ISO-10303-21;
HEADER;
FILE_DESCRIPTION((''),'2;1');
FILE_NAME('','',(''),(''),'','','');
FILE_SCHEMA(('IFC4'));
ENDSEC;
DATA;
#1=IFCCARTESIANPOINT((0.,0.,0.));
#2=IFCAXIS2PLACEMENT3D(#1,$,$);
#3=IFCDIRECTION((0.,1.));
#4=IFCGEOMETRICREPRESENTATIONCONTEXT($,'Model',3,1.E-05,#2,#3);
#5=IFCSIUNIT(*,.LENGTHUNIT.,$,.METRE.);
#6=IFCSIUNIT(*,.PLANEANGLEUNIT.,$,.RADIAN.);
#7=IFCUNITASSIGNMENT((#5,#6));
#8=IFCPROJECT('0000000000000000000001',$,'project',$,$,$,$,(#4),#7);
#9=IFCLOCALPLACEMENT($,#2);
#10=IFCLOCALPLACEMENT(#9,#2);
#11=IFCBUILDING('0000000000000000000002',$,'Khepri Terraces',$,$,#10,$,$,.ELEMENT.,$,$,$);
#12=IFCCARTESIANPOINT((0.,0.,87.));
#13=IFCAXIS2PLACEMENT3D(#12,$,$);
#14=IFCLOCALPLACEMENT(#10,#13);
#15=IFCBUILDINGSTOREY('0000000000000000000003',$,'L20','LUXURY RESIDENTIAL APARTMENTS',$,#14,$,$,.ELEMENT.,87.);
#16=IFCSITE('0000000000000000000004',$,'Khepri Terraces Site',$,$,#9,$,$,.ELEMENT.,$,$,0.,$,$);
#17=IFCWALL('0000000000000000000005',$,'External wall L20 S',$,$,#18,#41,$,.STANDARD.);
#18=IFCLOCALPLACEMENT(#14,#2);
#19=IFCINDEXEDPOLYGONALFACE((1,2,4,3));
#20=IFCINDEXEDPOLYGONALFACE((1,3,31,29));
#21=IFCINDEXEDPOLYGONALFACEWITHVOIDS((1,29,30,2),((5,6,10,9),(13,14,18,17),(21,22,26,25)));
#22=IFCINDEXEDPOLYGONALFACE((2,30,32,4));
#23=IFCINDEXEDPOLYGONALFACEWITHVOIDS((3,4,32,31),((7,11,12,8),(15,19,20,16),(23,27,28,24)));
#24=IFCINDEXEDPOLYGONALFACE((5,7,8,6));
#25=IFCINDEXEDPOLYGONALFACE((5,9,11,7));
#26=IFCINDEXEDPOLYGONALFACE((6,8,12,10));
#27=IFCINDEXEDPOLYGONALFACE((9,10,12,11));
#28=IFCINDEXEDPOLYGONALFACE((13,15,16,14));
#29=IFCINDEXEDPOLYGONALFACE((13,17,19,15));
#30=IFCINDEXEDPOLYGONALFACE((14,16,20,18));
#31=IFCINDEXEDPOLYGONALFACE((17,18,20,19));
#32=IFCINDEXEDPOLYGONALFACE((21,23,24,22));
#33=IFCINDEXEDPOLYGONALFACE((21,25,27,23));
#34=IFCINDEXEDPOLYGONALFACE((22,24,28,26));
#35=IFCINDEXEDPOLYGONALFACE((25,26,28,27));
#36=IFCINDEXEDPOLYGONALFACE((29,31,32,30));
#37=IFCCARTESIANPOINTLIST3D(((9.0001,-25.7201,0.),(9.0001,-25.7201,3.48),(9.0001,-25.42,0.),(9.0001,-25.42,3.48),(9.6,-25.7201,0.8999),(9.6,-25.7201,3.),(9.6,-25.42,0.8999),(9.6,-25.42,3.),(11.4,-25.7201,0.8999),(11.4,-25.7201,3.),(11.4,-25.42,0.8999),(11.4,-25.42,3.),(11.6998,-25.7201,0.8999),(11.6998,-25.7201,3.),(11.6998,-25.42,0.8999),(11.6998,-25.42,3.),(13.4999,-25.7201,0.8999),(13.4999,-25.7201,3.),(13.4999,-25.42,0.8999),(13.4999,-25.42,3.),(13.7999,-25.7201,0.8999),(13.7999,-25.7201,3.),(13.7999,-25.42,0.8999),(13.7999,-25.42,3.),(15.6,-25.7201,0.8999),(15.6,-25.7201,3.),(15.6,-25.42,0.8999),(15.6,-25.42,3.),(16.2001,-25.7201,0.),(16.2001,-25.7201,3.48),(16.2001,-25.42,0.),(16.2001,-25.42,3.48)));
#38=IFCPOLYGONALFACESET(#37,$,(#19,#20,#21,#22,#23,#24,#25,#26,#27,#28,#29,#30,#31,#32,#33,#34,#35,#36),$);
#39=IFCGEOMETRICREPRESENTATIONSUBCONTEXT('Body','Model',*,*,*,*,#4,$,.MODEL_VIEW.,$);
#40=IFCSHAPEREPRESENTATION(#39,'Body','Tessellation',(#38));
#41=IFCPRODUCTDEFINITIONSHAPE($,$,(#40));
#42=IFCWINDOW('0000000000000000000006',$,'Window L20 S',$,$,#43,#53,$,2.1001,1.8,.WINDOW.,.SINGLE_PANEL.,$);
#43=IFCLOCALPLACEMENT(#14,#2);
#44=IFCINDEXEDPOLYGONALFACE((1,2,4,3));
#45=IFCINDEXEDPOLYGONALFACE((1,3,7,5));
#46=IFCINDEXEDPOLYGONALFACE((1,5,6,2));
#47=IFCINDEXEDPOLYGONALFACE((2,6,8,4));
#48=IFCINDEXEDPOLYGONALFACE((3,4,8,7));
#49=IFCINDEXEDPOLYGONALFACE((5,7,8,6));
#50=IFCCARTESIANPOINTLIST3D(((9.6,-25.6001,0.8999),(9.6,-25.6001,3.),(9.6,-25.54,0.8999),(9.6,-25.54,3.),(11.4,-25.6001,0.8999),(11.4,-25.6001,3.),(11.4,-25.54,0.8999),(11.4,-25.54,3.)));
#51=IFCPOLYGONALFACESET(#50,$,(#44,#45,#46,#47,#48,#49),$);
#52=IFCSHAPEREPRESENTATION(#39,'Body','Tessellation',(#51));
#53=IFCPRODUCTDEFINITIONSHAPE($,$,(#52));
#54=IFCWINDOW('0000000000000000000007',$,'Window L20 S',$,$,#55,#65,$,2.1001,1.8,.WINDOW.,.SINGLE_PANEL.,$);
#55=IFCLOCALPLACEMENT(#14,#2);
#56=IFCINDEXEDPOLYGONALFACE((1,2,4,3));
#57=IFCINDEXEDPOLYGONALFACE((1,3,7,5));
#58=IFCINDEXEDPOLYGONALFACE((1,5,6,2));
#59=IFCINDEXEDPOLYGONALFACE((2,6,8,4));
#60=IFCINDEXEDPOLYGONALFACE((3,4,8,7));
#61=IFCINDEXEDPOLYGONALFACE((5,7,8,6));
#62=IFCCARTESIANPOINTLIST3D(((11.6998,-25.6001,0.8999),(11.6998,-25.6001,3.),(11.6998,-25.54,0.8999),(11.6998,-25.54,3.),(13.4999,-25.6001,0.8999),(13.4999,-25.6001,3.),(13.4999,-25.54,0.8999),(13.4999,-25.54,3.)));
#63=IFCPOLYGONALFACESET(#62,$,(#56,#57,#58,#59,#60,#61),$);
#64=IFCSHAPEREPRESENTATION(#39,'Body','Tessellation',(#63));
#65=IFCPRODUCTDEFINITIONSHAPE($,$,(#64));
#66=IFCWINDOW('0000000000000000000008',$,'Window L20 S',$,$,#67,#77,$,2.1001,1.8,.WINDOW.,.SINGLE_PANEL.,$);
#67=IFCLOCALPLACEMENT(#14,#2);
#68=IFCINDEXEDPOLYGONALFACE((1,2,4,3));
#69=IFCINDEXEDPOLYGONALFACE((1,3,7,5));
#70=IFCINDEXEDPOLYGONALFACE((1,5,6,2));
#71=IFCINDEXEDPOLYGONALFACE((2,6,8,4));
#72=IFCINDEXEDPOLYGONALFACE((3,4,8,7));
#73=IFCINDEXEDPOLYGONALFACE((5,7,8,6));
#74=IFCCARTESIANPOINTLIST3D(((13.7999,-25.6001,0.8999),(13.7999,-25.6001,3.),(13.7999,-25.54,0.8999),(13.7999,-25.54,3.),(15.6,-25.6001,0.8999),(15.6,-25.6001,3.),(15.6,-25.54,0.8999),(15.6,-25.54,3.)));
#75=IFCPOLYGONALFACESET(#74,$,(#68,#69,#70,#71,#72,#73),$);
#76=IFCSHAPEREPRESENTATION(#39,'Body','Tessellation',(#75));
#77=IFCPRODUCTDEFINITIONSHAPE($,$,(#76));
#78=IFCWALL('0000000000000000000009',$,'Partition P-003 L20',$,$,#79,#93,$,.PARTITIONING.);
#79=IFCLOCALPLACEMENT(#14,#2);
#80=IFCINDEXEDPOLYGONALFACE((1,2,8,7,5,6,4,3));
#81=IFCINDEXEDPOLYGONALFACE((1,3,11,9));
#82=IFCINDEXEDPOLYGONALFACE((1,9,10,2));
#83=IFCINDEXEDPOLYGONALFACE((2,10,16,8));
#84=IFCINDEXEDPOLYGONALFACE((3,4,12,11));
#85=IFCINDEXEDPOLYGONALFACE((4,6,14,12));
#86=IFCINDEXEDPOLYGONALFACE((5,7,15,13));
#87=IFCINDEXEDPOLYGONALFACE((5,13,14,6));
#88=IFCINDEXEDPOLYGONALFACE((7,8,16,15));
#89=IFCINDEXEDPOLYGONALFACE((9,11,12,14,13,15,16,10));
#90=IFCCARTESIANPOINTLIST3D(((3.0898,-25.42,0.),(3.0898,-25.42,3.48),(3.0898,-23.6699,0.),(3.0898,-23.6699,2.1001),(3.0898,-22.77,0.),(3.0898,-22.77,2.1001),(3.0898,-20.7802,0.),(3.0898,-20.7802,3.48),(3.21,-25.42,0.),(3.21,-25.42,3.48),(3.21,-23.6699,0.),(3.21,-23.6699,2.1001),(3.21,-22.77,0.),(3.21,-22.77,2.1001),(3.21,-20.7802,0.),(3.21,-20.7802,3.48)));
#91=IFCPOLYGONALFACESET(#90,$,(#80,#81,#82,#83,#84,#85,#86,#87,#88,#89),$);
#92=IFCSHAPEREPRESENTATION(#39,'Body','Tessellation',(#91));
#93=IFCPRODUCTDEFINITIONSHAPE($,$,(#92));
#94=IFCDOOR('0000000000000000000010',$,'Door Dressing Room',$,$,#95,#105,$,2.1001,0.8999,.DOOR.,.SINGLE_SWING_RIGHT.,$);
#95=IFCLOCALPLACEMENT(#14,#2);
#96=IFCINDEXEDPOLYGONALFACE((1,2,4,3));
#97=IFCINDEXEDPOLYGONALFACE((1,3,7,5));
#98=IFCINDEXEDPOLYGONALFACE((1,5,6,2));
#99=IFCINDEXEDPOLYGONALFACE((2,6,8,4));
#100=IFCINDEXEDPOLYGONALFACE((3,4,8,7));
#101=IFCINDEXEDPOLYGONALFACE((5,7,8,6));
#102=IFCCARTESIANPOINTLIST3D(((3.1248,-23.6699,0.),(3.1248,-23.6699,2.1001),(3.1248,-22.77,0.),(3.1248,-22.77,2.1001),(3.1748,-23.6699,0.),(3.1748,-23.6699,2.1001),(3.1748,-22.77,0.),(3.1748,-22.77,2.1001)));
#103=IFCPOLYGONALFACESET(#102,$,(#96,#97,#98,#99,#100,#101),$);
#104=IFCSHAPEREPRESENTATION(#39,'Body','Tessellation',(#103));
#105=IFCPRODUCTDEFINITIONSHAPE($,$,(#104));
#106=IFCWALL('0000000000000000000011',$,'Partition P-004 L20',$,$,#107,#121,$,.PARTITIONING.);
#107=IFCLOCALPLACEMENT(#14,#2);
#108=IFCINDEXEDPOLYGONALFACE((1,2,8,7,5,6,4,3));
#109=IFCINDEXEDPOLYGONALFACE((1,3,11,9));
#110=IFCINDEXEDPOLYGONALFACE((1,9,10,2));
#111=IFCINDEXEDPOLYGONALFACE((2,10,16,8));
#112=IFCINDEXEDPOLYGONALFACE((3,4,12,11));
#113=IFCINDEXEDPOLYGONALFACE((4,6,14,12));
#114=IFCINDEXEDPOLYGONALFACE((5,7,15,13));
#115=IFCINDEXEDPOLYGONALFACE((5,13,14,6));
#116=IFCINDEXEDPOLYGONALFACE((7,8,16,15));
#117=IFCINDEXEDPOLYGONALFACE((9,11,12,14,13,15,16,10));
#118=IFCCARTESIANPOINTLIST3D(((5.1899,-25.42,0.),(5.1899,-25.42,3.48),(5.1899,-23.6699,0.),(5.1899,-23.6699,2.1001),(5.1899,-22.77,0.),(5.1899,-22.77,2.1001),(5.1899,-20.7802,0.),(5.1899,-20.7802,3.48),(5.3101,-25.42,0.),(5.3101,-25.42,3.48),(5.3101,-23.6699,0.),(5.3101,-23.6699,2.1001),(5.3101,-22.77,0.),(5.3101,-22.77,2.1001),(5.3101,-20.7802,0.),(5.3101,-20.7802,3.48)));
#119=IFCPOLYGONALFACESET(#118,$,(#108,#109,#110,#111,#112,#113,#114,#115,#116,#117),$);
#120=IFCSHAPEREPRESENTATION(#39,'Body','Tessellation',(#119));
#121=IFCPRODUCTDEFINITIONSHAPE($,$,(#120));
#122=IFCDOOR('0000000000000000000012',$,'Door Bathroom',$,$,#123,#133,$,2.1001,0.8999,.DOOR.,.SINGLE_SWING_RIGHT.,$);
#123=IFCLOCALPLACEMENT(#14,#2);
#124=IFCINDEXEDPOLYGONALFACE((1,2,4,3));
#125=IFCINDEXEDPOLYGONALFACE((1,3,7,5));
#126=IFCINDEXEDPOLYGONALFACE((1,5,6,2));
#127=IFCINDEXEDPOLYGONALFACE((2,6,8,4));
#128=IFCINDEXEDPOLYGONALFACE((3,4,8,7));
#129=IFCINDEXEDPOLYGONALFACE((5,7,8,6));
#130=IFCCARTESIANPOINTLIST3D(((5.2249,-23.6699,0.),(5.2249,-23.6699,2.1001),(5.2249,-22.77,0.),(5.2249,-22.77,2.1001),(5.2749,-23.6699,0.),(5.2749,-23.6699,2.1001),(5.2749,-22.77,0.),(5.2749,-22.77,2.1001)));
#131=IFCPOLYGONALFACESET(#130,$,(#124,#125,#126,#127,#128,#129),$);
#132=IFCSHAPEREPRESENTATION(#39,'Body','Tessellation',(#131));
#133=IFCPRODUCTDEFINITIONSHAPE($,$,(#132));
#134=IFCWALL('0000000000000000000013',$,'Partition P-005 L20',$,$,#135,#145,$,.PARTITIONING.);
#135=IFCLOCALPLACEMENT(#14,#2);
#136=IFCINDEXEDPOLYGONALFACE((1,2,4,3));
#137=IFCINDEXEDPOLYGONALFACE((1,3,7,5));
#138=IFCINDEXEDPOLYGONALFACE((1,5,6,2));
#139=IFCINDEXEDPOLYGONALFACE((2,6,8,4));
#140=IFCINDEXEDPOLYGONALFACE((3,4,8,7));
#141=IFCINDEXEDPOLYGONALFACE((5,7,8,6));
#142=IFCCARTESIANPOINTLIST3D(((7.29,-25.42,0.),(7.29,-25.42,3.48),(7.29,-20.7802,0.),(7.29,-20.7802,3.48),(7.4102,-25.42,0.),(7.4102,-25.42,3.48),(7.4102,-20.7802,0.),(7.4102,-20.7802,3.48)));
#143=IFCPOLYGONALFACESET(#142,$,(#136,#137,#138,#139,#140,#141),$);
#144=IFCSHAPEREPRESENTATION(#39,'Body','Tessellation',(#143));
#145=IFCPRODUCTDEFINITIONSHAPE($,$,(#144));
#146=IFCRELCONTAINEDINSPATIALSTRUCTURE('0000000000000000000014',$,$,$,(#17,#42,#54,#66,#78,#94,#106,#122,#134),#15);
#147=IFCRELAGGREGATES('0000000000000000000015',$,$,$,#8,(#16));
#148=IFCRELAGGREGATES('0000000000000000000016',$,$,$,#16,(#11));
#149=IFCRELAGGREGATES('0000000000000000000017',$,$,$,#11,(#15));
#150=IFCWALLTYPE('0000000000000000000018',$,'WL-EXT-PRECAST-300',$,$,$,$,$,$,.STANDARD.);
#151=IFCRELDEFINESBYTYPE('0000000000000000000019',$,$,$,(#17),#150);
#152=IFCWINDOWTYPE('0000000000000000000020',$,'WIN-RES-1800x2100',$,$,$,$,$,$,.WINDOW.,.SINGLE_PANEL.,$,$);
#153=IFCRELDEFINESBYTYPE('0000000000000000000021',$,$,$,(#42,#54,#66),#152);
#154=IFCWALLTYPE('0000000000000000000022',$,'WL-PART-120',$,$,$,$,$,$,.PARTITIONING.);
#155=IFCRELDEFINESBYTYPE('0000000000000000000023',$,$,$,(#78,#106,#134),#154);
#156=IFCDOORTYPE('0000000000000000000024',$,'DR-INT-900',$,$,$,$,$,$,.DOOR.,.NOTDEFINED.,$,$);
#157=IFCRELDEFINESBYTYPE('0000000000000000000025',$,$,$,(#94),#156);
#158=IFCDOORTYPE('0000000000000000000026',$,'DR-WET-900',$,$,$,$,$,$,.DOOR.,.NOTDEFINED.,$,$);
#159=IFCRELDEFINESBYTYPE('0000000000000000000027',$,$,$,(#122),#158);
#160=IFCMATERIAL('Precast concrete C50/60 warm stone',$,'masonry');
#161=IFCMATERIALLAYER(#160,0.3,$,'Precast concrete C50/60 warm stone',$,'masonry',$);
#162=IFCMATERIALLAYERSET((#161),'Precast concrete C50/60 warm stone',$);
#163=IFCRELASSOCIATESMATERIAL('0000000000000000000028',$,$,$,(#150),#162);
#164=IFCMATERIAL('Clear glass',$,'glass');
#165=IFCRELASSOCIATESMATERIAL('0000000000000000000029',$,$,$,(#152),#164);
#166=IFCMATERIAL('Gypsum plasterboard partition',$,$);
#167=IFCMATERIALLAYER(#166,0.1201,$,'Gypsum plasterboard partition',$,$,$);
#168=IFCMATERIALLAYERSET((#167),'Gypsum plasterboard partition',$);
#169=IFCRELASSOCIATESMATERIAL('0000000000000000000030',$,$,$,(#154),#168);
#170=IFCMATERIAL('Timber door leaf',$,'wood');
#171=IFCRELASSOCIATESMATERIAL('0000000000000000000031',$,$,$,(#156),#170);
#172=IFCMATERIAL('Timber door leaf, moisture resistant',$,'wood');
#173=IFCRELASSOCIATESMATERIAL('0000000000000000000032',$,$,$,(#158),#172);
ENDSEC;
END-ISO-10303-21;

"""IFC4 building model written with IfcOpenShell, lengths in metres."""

from ifc_helpers import new_model, si_unit, direction, frame, frame_2d, origin, place, context, subcontext, project, spatial, rectangle, extrude, material, layer, layer_set, type_object, element, fill, save


model = new_model("IFC4")

# Units and contexts
model_context = context("Model", 3, precision=1e-05, world=origin(), true_north=direction((0.0, 1.0)))
body_context = subcontext(model_context, "Body", "Model", "MODEL_VIEW")
ifc_project = project(units=[si_unit("LENGTHUNIT", "METRE"), si_unit("PLANEANGLEUNIT", "RADIAN")], contexts=[model_context])

# Site, building, storey
site_placement = place(None, origin())
site = spatial("IfcSite", under=ifc_project, at=site_placement, Name="Khepri Terraces Site", CompositionType="ELEMENT", RefElevation=0.0)
building_placement = place(site_placement, origin())
building = spatial("IfcBuilding", under=site, at=building_placement, Name="Khepri Terraces", CompositionType="ELEMENT")
storey_placement = place(building_placement, frame((0.0, 0.0, 87.0)))
storey = spatial("IfcBuildingStorey", under=building, at=storey_placement, Name="L20", Description="LUXURY RESIDENTIAL APARTMENTS", CompositionType="ELEMENT", Elevation=87.0)

# Shared definitions
ifc_material_1 = material(Name="Precast concrete C50/60 warm stone", Category="masonry")
ifc_layer_1 = layer(ifc_material_1, 0.3, Name="Precast concrete C50/60 warm stone", Category="masonry")
ifc_layer_set_1 = layer_set([ifc_layer_1], Name="Precast concrete C50/60 warm stone")
wall_type_1 = type_object("IfcWallType", Name="WL-EXT-PRECAST-300", PredefinedType="STANDARD", material=ifc_layer_set_1)
ifc_material_2 = material(Name="Clear glass", Category="glass")
window_type = type_object("IfcWindowType", Name="WIN-RES-1800x2100", PartitioningType="SINGLE_PANEL", PredefinedType="WINDOW", material=ifc_material_2)

# Wall, openings, windows
wall_1_placement = place(storey_placement, frame((9.0, -25.5701, 0.0), z_axis=(0.0, 0.0, 1.0), x_axis=(1.0, 0.0, 0.0)))
wall_1 = element("IfcWall", 1, at=wall_1_placement, inside=storey, type_object=wall_type_1, Name="External wall L20 S", PredefinedType="STANDARD", context=body_context, shape_type="SweptSolid", body=[
    extrude(rectangle(XDim=7.2, YDim=0.3, at=frame_2d((3.6001, 0.0))), origin(), (0.0, 0.0, 1.0), 3.48),
])
opening_1_placement = place(wall_1_placement, frame((0.6001, 0.0, 0.8999)))
opening_1 = element("IfcOpeningElement", 2, at=opening_1_placement, cuts=wall_1, PredefinedType="OPENING", context=body_context, shape_type="SweptSolid", body=[
    extrude(rectangle(XDim=1.8, YDim=2.1001, at=frame_2d((0.8999, 1.05))), frame((0.0, 0.1602, 0.0), z_axis=(0.0, -1.0, 0.0), x_axis=(1.0, 0.0, 0.0)), (0.0, 0.0, 1.0), 0.3201),
])
opening_2_placement = place(wall_1_placement, frame((2.7, 0.0, 0.8999)))
opening_2 = element("IfcOpeningElement", 3, at=opening_2_placement, cuts=wall_1, PredefinedType="OPENING", context=body_context, shape_type="SweptSolid", body=[
    extrude(rectangle(XDim=1.8, YDim=2.1001, at=frame_2d((0.8999, 1.05))), frame((0.0, 0.1602, 0.0), z_axis=(0.0, -1.0, 0.0), x_axis=(1.0, 0.0, 0.0)), (0.0, 0.0, 1.0), 0.3201),
])
opening_3_placement = place(wall_1_placement, frame((4.8, 0.0, 0.8999)))
opening_3 = element("IfcOpeningElement", 4, at=opening_3_placement, cuts=wall_1, PredefinedType="OPENING", context=body_context, shape_type="SweptSolid", body=[
    extrude(rectangle(XDim=1.8, YDim=2.1001, at=frame_2d((0.8999, 1.05))), frame((0.0, 0.1602, 0.0), z_axis=(0.0, -1.0, 0.0), x_axis=(1.0, 0.0, 0.0)), (0.0, 0.0, 1.0), 0.3201),
])
window_1_placement = place(opening_1_placement, origin())
window_1 = element("IfcWindow", 5, at=window_1_placement, inside=storey, type_object=window_type, Name="Window L20 S", OverallHeight=2.1001, OverallWidth=1.8, PartitioningType="SINGLE_PANEL", PredefinedType="WINDOW", context=body_context, shape_type="SweptSolid", body=[
    extrude(rectangle(XDim=1.8, YDim=2.1001, at=frame_2d((0.8999, 1.05))), frame((0.0, 0.03, 0.0), z_axis=(0.0, -1.0, 0.0), x_axis=(1.0, 0.0, 0.0)), (0.0, 0.0, 1.0), 0.0601),
])
fill(opening_1, window_1)
window_2_placement = place(opening_2_placement, origin())
window_2 = element("IfcWindow", 6, at=window_2_placement, inside=storey, type_object=window_type, Name="Window L20 S", OverallHeight=2.1001, OverallWidth=1.8, PartitioningType="SINGLE_PANEL", PredefinedType="WINDOW", context=body_context, shape_type="SweptSolid", body=[
    extrude(rectangle(XDim=1.8, YDim=2.1001, at=frame_2d((0.8999, 1.05))), frame((0.0, 0.03, 0.0), z_axis=(0.0, -1.0, 0.0), x_axis=(1.0, 0.0, 0.0)), (0.0, 0.0, 1.0), 0.0601),
])
fill(opening_2, window_2)
window_3_placement = place(opening_3_placement, origin())
window_3 = element("IfcWindow", 7, at=window_3_placement, inside=storey, type_object=window_type, Name="Window L20 S", OverallHeight=2.1001, OverallWidth=1.8, PartitioningType="SINGLE_PANEL", PredefinedType="WINDOW", context=body_context, shape_type="SweptSolid", body=[
    extrude(rectangle(XDim=1.8, YDim=2.1001, at=frame_2d((0.8999, 1.05))), frame((0.0, 0.03, 0.0), z_axis=(0.0, -1.0, 0.0), x_axis=(1.0, 0.0, 0.0)), (0.0, 0.0, 1.0), 0.0601),
])
fill(opening_3, window_3)

# Walls, openings, doors
ifc_material_3 = material(Name="Gypsum plasterboard partition")
ifc_layer_2 = layer(ifc_material_3, 0.1201, Name="Gypsum plasterboard partition")
ifc_layer_set_2 = layer_set([ifc_layer_2], Name="Gypsum plasterboard partition")
wall_type_2 = type_object("IfcWallType", Name="WL-PART-120", PredefinedType="PARTITIONING", material=ifc_layer_set_2)
wall_2_placement = place(storey_placement, frame((3.1499, -25.4199, 0.0), z_axis=(0.0, 0.0, 1.0), x_axis=(0.0, 1.0, 0.0)))
wall_2 = element("IfcWall", 8, at=wall_2_placement, inside=storey, type_object=wall_type_2, Name="Partition P-003 L20", PredefinedType="PARTITIONING", context=body_context, shape_type="SweptSolid", body=[
    extrude(rectangle(XDim=4.6399, YDim=0.1201, at=frame_2d((2.3198, 0.0))), origin(), (0.0, 0.0, 1.0), 3.48),
])
opening_4_placement = place(wall_2_placement, frame((1.75, 0.0, 0.0)))
opening_4 = element("IfcOpeningElement", 9, at=opening_4_placement, cuts=wall_2, PredefinedType="OPENING", context=body_context, shape_type="SweptSolid", body=[
    extrude(rectangle(XDim=0.8999, YDim=2.1001, at=frame_2d((0.45, 1.05))), frame((0.0, 0.0701, 0.0), z_axis=(0.0, -1.0, 0.0), x_axis=(1.0, 0.0, 0.0)), (0.0, 0.0, 1.0), 0.1401),
])
ifc_material_4 = material(Name="Timber door leaf", Category="wood")
door_type_1 = type_object("IfcDoorType", Name="DR-INT-900", OperationType="NOTDEFINED", PredefinedType="DOOR", material=ifc_material_4)
door_1_placement = place(opening_4_placement, frame((0.8999, 0.0, 0.0), z_axis=(0.0, 0.0, 1.0), x_axis=(-1.0, 0.0, 0.0)))
door_1 = element("IfcDoor", 10, at=door_1_placement, inside=storey, type_object=door_type_1, Name="Door Dressing Room", OperationType="SINGLE_SWING_RIGHT", OverallHeight=2.1001, OverallWidth=0.8999, PredefinedType="DOOR", context=body_context, shape_type="SweptSolid", body=[
    extrude(rectangle(XDim=0.8999, YDim=2.1001, at=frame_2d((0.45, 1.05))), frame((0.0, 0.0249, 0.0), z_axis=(0.0, -1.0, 0.0), x_axis=(1.0, 0.0, 0.0)), (0.0, 0.0, 1.0), 0.05),
])
fill(opening_4, door_1)
wall_3_placement = place(storey_placement, frame((5.25, -25.4199, 0.0), z_axis=(0.0, 0.0, 1.0), x_axis=(0.0, 1.0, 0.0)))
wall_3 = element("IfcWall", 11, at=wall_3_placement, inside=storey, type_object=wall_type_2, Name="Partition P-004 L20", PredefinedType="PARTITIONING", context=body_context, shape_type="SweptSolid", body=[
    extrude(rectangle(XDim=4.6399, YDim=0.1201, at=frame_2d((2.3198, 0.0))), origin(), (0.0, 0.0, 1.0), 3.48),
])
opening_5_placement = place(wall_3_placement, frame((1.75, 0.0, 0.0)))
opening_5 = element("IfcOpeningElement", 12, at=opening_5_placement, cuts=wall_3, PredefinedType="OPENING", context=body_context, shape_type="SweptSolid", body=[
    extrude(rectangle(XDim=0.8999, YDim=2.1001, at=frame_2d((0.45, 1.05))), frame((0.0, 0.0701, 0.0), z_axis=(0.0, -1.0, 0.0), x_axis=(1.0, 0.0, 0.0)), (0.0, 0.0, 1.0), 0.1401),
])
ifc_material_5 = material(Name="Timber door leaf, moisture resistant", Category="wood")
door_type_2 = type_object("IfcDoorType", Name="DR-WET-900", OperationType="NOTDEFINED", PredefinedType="DOOR", material=ifc_material_5)
door_2_placement = place(opening_5_placement, frame((0.8999, 0.0, 0.0), z_axis=(0.0, 0.0, 1.0), x_axis=(-1.0, 0.0, 0.0)))
door_2 = element("IfcDoor", 13, at=door_2_placement, inside=storey, type_object=door_type_2, Name="Door Bathroom", OperationType="SINGLE_SWING_RIGHT", OverallHeight=2.1001, OverallWidth=0.8999, PredefinedType="DOOR", context=body_context, shape_type="SweptSolid", body=[
    extrude(rectangle(XDim=0.8999, YDim=2.1001, at=frame_2d((0.45, 1.05))), frame((0.0, 0.0249, 0.0), z_axis=(0.0, -1.0, 0.0), x_axis=(1.0, 0.0, 0.0)), (0.0, 0.0, 1.0), 0.05),
])
fill(opening_5, door_2)

# Wall
wall_4_placement = place(storey_placement, frame((7.3501, -25.4199, 0.0), z_axis=(0.0, 0.0, 1.0), x_axis=(0.0, 1.0, 0.0)))
element("IfcWall", 14, at=wall_4_placement, inside=storey, type_object=wall_type_2, Name="Partition P-005 L20", PredefinedType="PARTITIONING", context=body_context, shape_type="SweptSolid", body=[
    extrude(rectangle(XDim=4.6399, YDim=0.1201, at=frame_2d((2.3198, 0.0))), origin(), (0.0, 0.0, 1.0), 3.48),
])

save(model, "model.ifc")
